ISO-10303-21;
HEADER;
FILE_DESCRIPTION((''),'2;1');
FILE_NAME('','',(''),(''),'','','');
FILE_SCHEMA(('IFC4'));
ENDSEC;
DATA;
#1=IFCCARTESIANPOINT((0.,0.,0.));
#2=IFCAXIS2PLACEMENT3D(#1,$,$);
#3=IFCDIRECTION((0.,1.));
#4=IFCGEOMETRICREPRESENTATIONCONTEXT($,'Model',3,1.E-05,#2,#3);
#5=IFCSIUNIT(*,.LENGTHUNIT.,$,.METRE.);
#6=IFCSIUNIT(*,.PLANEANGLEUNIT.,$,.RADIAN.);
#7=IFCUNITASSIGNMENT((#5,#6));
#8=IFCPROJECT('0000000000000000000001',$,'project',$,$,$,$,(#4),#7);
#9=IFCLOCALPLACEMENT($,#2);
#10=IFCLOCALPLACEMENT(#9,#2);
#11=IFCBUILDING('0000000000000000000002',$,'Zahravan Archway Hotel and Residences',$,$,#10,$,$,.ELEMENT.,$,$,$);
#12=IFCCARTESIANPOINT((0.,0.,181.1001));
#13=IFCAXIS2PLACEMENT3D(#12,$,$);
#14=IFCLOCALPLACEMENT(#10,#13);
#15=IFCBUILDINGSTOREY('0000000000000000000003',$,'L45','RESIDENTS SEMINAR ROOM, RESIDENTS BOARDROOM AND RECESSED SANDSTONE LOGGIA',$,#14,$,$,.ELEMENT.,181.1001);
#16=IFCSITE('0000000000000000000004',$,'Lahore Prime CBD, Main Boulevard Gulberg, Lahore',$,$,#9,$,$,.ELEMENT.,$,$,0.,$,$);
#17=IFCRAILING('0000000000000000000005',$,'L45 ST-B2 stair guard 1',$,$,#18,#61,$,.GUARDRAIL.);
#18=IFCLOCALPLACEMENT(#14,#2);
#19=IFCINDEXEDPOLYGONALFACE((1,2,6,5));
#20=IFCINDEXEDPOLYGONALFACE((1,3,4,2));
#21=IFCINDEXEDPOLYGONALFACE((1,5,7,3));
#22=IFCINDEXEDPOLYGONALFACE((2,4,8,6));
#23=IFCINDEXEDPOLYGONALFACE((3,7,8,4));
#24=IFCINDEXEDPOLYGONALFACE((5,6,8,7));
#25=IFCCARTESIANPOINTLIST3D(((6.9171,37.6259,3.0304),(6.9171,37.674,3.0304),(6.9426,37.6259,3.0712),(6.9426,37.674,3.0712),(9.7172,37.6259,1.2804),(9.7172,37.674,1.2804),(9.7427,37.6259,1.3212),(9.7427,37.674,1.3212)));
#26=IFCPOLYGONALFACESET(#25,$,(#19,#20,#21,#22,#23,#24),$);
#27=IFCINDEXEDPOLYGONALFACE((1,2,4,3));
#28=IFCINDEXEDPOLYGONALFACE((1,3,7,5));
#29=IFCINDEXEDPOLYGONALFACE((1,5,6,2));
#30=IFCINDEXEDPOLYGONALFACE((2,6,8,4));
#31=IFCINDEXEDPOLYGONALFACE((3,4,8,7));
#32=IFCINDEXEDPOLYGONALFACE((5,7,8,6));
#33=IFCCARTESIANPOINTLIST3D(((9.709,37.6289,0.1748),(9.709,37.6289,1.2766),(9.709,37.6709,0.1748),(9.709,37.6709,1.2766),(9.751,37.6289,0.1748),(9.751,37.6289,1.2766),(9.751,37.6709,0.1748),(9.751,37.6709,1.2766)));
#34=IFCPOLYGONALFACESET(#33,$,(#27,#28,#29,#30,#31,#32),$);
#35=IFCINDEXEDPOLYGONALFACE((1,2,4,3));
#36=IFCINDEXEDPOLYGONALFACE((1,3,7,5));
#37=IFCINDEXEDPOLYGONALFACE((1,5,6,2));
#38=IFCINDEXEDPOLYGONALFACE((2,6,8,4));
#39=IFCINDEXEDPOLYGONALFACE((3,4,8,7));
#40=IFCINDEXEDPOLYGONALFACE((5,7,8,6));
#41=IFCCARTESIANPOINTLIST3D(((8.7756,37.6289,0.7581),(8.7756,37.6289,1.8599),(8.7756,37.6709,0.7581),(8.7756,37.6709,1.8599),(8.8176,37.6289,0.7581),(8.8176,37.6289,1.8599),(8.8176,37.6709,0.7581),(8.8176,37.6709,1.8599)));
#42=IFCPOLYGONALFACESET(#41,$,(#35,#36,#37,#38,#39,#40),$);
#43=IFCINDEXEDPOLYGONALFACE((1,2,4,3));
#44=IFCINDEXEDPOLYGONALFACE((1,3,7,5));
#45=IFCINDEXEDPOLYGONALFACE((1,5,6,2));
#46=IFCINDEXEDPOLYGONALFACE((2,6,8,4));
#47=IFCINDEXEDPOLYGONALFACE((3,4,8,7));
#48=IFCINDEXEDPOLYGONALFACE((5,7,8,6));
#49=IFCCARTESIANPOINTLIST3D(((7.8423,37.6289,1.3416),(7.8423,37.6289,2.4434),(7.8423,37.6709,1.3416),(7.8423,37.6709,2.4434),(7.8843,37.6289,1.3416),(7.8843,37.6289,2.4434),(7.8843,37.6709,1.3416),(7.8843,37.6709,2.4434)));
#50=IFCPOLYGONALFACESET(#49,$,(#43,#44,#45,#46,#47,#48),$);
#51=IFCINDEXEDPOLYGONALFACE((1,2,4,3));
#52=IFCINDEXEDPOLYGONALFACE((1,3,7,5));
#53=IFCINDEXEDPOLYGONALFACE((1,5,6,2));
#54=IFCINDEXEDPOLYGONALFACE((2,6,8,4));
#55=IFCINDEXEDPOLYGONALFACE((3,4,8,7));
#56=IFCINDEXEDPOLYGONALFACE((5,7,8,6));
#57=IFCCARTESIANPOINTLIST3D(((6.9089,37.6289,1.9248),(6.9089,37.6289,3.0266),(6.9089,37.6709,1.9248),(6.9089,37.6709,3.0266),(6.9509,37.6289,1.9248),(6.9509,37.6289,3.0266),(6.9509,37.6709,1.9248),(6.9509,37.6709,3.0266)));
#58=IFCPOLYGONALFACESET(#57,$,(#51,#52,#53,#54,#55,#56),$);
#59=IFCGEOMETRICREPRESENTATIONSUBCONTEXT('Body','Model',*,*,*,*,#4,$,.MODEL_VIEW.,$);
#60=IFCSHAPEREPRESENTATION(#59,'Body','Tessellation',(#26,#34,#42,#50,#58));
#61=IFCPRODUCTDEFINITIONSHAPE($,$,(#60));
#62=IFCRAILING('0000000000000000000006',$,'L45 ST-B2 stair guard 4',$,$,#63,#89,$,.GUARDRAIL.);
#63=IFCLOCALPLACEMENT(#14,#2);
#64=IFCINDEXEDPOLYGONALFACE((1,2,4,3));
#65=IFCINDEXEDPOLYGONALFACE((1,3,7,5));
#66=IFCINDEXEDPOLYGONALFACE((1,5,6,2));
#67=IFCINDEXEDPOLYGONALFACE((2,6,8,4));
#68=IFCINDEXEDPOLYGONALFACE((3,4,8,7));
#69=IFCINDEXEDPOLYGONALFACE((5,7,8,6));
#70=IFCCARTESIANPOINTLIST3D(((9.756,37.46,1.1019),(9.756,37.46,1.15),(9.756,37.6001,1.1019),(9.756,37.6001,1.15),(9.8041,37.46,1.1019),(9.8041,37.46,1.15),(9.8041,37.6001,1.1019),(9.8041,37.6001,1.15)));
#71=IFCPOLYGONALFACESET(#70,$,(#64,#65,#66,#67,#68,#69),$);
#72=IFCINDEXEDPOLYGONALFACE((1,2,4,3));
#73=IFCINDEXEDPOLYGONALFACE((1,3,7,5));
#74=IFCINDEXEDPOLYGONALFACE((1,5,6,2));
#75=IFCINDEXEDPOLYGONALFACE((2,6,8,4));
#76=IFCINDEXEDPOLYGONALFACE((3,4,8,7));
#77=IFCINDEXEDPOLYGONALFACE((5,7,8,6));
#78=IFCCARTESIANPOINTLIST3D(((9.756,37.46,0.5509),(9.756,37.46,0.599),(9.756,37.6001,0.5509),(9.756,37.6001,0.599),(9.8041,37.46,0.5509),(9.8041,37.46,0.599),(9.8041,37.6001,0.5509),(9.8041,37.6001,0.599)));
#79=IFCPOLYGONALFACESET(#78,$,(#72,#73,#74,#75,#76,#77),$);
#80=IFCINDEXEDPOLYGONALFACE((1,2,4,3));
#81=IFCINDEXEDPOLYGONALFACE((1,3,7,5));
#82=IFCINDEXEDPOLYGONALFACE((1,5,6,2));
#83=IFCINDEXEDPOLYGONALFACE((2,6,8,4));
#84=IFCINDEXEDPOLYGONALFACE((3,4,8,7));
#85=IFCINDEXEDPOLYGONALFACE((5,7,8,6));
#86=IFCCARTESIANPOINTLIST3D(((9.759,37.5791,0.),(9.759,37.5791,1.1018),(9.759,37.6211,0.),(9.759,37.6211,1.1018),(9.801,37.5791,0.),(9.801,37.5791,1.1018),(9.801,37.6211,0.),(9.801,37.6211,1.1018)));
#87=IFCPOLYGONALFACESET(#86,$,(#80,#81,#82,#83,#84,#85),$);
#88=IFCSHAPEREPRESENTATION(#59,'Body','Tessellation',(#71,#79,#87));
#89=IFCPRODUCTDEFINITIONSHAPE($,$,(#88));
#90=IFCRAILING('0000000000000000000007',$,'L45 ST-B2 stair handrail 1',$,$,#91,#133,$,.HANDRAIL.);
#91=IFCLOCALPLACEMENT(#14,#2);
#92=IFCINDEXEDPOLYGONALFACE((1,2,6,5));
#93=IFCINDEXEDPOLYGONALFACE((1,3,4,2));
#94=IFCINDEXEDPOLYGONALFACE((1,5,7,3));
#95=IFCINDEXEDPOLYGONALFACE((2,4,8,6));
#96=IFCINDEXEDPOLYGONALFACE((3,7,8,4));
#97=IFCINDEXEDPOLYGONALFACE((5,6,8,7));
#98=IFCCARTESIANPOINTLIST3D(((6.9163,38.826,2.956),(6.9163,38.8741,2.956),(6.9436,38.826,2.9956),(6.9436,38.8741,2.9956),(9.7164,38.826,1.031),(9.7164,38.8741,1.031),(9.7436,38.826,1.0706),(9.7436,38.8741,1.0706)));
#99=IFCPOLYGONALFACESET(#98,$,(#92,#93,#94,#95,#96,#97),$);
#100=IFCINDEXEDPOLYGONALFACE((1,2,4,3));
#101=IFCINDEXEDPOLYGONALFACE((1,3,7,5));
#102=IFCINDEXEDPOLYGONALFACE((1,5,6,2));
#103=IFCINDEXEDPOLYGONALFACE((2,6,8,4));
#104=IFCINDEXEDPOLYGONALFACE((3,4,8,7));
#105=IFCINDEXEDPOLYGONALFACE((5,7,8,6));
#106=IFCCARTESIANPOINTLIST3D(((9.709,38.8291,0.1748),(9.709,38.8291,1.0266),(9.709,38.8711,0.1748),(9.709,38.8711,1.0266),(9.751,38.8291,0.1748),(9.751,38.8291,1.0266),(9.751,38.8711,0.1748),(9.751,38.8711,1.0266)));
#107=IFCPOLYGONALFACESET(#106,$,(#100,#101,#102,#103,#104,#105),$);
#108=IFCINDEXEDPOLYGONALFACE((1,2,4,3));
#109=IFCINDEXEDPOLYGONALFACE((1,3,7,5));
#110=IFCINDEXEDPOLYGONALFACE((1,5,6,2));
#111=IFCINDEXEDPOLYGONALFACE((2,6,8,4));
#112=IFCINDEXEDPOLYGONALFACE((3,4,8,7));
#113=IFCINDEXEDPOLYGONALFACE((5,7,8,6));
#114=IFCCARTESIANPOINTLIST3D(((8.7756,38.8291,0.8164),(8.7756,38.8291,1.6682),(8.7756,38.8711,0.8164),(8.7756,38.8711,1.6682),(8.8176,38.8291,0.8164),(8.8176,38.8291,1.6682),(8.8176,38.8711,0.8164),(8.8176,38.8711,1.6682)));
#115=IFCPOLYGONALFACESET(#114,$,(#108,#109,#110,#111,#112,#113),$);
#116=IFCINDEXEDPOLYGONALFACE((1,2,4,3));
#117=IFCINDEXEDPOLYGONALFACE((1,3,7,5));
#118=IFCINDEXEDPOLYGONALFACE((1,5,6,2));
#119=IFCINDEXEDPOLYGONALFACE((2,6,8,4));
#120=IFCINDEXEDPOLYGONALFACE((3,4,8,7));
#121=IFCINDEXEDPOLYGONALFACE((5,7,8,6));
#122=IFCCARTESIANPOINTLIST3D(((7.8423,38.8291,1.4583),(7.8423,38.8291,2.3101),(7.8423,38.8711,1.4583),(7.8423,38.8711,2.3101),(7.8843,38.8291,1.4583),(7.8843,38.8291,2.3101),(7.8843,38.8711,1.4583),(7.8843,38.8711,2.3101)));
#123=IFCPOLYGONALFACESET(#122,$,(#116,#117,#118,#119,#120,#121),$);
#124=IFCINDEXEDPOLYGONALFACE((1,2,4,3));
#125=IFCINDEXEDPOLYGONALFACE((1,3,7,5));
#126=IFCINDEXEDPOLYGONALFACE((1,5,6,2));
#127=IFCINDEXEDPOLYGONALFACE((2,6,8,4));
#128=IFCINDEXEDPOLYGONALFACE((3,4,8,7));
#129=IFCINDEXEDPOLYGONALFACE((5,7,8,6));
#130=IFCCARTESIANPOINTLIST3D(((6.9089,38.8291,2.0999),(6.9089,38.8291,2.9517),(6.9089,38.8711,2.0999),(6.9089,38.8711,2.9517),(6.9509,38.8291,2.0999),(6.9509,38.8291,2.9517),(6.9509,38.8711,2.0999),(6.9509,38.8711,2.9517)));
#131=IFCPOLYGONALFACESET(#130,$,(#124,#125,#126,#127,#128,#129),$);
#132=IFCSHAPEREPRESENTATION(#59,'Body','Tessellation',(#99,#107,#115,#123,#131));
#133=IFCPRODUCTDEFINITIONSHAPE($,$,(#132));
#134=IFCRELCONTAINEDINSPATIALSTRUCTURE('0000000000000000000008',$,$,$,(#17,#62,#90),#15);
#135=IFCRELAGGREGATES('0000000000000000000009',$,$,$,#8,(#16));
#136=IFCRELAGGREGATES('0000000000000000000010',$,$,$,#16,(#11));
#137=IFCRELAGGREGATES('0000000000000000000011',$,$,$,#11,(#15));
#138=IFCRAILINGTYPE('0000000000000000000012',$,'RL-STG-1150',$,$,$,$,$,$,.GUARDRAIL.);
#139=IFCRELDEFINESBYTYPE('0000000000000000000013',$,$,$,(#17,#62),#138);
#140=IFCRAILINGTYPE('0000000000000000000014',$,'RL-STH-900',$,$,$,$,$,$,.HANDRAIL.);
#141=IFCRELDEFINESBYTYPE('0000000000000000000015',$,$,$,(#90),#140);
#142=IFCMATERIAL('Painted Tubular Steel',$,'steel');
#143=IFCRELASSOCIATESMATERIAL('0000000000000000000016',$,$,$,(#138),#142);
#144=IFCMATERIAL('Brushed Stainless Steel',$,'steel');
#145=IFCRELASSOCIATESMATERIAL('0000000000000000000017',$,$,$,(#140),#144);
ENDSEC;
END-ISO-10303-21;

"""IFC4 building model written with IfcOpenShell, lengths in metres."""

from ifc_helpers import new_model, si_unit, direction, frame, origin, origin_2d, place, context, subcontext, project, spatial, rectangle, extrude, material, type_object, element, save


model = new_model("IFC4")

# Units and contexts
model_context = context("Model", 3, precision=1e-05, world=origin(), true_north=direction((0.0, 1.0)))
body_context = subcontext(model_context, "Body", "Model", "MODEL_VIEW")
ifc_project = project(units=[si_unit("LENGTHUNIT", "METRE"), si_unit("PLANEANGLEUNIT", "RADIAN")], contexts=[model_context])

# Site, building, storey
site_placement = place(None, origin())
site = spatial("IfcSite", under=ifc_project, at=site_placement, Name="Lahore Prime CBD, Main Boulevard Gulberg, Lahore", CompositionType="ELEMENT", RefElevation=0.0)
building_placement = place(site_placement, origin())
building = spatial("IfcBuilding", under=site, at=building_placement, Name="Zahravan Archway Hotel and Residences", CompositionType="ELEMENT")
storey_placement = place(building_placement, frame((0.0, 0.0, 181.1001)))
storey = spatial("IfcBuildingStorey", under=building, at=storey_placement, Name="L45", Description="RESIDENTS SEMINAR ROOM, RESIDENTS BOARDROOM AND RECESSED SANDSTONE LOGGIA", CompositionType="ELEMENT", Elevation=181.1001)

# Railings
ifc_material_1 = material(Name="Painted Tubular Steel", Category="steel")
railing_type_1 = type_object("IfcRailingType", Name="RL-STG-1150", PredefinedType="GUARDRAIL", material=ifc_material_1)
railing_1_placement = place(storey_placement, frame((9.73, 37.6499, 0.1748)))
element("IfcRailing", 1, at=railing_1_placement, inside=storey, type_object=railing_type_1, Name="L45 ST-B2 stair guard 1", PredefinedType="GUARDRAIL", context=body_context, shape_type="SweptSolid", body=[
    extrude(rectangle(XDim=0.0481, YDim=0.0481, at=origin_2d()), frame((0.0, 0.0, 1.126), z_axis=(-0.848002, 0.0, 0.529992), x_axis=(0.0, -1.0, 0.0)), (0.0, 0.0, 1.0), 3.302),
    extrude(rectangle(XDim=0.042, YDim=0.042, at=origin_2d()), origin(), (0.0, 0.0, 1.0), 1.1018),
    extrude(rectangle(XDim=0.042, YDim=0.042, at=origin_2d()), frame((-0.9333, 0.0, 0.5833)), (0.0, 0.0, 1.0), 1.1018),
    extrude(rectangle(XDim=0.042, YDim=0.042, at=origin_2d()), frame((-1.8667, 0.0, 1.1667)), (0.0, 0.0, 1.0), 1.1018),
    extrude(rectangle(XDim=0.042, YDim=0.042, at=origin_2d()), frame((-2.8, 0.0, 1.75)), (0.0, 0.0, 1.0), 1.1018),
])
railing_2_placement = place(storey_placement, frame((9.78, 37.6001, 0.0)))
element("IfcRailing", 2, at=railing_2_placement, inside=storey, type_object=railing_type_1, Name="L45 ST-B2 stair guard 4", PredefinedType="GUARDRAIL", context=body_context, shape_type="SweptSolid", body=[
    extrude(rectangle(XDim=0.0481, YDim=0.0481, at=origin_2d()), frame((0.0, 0.0, 1.126), z_axis=(0.0, -1.0, 0.0), x_axis=(1.0, 0.0, 0.0)), (0.0, 0.0, 1.0), 0.1401),
    extrude(rectangle(XDim=0.0481, YDim=0.0481, at=origin_2d()), frame((0.0, 0.0, 0.575), z_axis=(0.0, -1.0, 0.0), x_axis=(1.0, 0.0, 0.0)), (0.0, 0.0, 1.0), 0.1401),
    extrude(rectangle(XDim=0.042, YDim=0.042, at=origin_2d()), origin(), (0.0, 0.0, 1.0), 1.1018),
])
ifc_material_2 = material(Name="Brushed Stainless Steel", Category="steel")
railing_type_2 = type_object("IfcRailingType", Name="RL-STH-900", PredefinedType="HANDRAIL", material=ifc_material_2)
railing_3_placement = place(storey_placement, frame((9.73, 38.8501, 0.1748)))
element("IfcRailing", 3, at=railing_3_placement, inside=storey, type_object=railing_type_2, Name="L45 ST-B2 stair handrail 1", PredefinedType="HANDRAIL", context=body_context, shape_type="SweptSolid", body=[
    extrude(rectangle(XDim=0.0481, YDim=0.0481, at=origin_2d()), frame((0.0, 0.0, 0.876), z_axis=(-0.82404, 0.0, 0.566532), x_axis=(0.0, -1.0, 0.0)), (0.0, 0.0, 1.0), 3.3979),
    extrude(rectangle(XDim=0.042, YDim=0.042, at=origin_2d()), origin(), (0.0, 0.0, 1.0), 0.8518),
    extrude(rectangle(XDim=0.042, YDim=0.042, at=origin_2d()), frame((-0.9333, 0.0, 0.6416)), (0.0, 0.0, 1.0), 0.8518),
    extrude(rectangle(XDim=0.042, YDim=0.042, at=origin_2d()), frame((-1.8667, 0.0, 1.2834)), (0.0, 0.0, 1.0), 0.8518),
    extrude(rectangle(XDim=0.042, YDim=0.042, at=origin_2d()), frame((-2.8, 0.0, 1.925)), (0.0, 0.0, 1.0), 0.8518),
])

save(model, "model.ifc")
